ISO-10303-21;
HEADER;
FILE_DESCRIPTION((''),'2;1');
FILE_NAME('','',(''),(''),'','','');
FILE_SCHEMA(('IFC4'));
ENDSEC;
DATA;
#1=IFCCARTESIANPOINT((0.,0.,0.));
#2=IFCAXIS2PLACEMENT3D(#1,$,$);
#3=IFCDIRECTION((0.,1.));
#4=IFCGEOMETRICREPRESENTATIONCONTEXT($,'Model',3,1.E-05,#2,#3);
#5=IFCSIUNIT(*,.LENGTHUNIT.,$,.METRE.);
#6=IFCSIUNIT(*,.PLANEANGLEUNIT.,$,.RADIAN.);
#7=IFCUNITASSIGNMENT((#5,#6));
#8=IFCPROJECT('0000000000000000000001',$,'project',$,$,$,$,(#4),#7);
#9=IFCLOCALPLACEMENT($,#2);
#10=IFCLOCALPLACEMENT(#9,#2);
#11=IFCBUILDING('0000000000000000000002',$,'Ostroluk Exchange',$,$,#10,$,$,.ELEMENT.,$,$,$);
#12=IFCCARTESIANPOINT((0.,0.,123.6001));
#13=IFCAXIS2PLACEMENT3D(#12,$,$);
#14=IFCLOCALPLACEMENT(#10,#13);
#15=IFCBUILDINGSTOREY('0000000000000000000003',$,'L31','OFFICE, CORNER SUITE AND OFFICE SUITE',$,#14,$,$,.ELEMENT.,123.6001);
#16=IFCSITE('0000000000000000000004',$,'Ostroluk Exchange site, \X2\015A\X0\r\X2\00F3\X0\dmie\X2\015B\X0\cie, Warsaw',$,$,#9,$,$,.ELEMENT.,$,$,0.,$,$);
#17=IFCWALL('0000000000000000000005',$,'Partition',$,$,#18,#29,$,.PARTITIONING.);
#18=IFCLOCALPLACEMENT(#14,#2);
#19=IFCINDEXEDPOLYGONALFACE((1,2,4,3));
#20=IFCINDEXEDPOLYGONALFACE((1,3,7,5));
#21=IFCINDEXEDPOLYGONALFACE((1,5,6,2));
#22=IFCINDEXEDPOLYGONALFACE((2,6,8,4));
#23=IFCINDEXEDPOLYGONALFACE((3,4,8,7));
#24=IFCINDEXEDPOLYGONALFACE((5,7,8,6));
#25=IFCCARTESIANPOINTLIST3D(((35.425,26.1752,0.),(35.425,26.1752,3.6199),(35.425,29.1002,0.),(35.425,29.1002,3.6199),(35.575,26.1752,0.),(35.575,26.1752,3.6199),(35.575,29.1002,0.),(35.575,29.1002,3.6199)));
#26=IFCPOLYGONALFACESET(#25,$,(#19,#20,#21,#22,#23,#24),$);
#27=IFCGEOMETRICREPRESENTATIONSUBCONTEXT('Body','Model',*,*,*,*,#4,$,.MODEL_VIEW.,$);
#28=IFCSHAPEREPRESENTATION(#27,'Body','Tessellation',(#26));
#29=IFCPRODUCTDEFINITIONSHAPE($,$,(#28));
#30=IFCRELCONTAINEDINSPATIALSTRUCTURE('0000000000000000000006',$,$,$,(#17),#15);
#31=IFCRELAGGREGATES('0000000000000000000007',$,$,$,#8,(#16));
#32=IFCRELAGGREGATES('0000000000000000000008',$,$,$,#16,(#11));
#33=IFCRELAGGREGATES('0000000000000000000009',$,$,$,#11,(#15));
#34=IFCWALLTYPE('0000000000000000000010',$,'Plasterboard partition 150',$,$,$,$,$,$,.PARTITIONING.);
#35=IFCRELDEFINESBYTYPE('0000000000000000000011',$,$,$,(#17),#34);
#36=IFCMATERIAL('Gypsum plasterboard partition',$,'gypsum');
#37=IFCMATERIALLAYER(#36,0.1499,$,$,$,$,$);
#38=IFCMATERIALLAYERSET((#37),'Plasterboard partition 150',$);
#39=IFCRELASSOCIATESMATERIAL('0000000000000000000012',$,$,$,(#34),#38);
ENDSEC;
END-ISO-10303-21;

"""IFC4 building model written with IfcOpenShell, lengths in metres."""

from ifc_helpers import new_model, si_unit, direction, frame, frame_2d, origin, place, context, subcontext, project, spatial, rectangle, extrude, material, layer, layer_set, type_object, element, save


model = new_model("IFC4")

# Units and contexts
model_context = context("Model", 3, precision=1e-05, world=origin(), true_north=direction((0.0, 1.0)))
body_context = subcontext(model_context, "Body", "Model", "MODEL_VIEW")
ifc_project = project(units=[si_unit("LENGTHUNIT", "METRE"), si_unit("PLANEANGLEUNIT", "RADIAN")], contexts=[model_context])

# Site, building, storey
site_placement = place(None, origin())
site = spatial("IfcSite", under=ifc_project, at=site_placement, Name="Ostroluk Exchange site, Śródmieście, Warsaw", CompositionType="ELEMENT", RefElevation=0.0)
building_placement = place(site_placement, origin())
building = spatial("IfcBuilding", under=site, at=building_placement, Name="Ostroluk Exchange", CompositionType="ELEMENT")
storey_placement = place(building_placement, frame((0.0, 0.0, 123.6001)))
storey = spatial("IfcBuildingStorey", under=building, at=storey_placement, Name="L31", Description="OFFICE, CORNER SUITE AND OFFICE SUITE", CompositionType="ELEMENT", Elevation=123.6001)

# Shared definitions
ifc_material_1 = material(Name="Gypsum plasterboard partition", Category="gypsum")
ifc_layer_1 = layer(ifc_material_1, 0.1499)
ifc_layer_set_1 = layer_set([ifc_layer_1], Name="Plasterboard partition 150")
wall_type_1 = type_object("IfcWallType", Name="Plasterboard partition 150", PredefinedType="PARTITIONING", material=ifc_layer_set_1)

# Wall
wall_1_placement = place(storey_placement, frame((35.5, 29.1001, 0.0), z_axis=(0.0, 0.0, 1.0), x_axis=(0.0, -1.0, 0.0)))
element("IfcWall", 1, at=wall_1_placement, inside=storey, type_object=wall_type_1, Name="Partition", PredefinedType="PARTITIONING", context=body_context, shape_type="SweptSolid", body=[
    extrude(rectangle(XDim=2.925, YDim=0.1499, at=frame_2d((1.4624, 0.0))), origin(), (0.0, 0.0, 1.0), 3.6199),
])

save(model, "model.ifc")
